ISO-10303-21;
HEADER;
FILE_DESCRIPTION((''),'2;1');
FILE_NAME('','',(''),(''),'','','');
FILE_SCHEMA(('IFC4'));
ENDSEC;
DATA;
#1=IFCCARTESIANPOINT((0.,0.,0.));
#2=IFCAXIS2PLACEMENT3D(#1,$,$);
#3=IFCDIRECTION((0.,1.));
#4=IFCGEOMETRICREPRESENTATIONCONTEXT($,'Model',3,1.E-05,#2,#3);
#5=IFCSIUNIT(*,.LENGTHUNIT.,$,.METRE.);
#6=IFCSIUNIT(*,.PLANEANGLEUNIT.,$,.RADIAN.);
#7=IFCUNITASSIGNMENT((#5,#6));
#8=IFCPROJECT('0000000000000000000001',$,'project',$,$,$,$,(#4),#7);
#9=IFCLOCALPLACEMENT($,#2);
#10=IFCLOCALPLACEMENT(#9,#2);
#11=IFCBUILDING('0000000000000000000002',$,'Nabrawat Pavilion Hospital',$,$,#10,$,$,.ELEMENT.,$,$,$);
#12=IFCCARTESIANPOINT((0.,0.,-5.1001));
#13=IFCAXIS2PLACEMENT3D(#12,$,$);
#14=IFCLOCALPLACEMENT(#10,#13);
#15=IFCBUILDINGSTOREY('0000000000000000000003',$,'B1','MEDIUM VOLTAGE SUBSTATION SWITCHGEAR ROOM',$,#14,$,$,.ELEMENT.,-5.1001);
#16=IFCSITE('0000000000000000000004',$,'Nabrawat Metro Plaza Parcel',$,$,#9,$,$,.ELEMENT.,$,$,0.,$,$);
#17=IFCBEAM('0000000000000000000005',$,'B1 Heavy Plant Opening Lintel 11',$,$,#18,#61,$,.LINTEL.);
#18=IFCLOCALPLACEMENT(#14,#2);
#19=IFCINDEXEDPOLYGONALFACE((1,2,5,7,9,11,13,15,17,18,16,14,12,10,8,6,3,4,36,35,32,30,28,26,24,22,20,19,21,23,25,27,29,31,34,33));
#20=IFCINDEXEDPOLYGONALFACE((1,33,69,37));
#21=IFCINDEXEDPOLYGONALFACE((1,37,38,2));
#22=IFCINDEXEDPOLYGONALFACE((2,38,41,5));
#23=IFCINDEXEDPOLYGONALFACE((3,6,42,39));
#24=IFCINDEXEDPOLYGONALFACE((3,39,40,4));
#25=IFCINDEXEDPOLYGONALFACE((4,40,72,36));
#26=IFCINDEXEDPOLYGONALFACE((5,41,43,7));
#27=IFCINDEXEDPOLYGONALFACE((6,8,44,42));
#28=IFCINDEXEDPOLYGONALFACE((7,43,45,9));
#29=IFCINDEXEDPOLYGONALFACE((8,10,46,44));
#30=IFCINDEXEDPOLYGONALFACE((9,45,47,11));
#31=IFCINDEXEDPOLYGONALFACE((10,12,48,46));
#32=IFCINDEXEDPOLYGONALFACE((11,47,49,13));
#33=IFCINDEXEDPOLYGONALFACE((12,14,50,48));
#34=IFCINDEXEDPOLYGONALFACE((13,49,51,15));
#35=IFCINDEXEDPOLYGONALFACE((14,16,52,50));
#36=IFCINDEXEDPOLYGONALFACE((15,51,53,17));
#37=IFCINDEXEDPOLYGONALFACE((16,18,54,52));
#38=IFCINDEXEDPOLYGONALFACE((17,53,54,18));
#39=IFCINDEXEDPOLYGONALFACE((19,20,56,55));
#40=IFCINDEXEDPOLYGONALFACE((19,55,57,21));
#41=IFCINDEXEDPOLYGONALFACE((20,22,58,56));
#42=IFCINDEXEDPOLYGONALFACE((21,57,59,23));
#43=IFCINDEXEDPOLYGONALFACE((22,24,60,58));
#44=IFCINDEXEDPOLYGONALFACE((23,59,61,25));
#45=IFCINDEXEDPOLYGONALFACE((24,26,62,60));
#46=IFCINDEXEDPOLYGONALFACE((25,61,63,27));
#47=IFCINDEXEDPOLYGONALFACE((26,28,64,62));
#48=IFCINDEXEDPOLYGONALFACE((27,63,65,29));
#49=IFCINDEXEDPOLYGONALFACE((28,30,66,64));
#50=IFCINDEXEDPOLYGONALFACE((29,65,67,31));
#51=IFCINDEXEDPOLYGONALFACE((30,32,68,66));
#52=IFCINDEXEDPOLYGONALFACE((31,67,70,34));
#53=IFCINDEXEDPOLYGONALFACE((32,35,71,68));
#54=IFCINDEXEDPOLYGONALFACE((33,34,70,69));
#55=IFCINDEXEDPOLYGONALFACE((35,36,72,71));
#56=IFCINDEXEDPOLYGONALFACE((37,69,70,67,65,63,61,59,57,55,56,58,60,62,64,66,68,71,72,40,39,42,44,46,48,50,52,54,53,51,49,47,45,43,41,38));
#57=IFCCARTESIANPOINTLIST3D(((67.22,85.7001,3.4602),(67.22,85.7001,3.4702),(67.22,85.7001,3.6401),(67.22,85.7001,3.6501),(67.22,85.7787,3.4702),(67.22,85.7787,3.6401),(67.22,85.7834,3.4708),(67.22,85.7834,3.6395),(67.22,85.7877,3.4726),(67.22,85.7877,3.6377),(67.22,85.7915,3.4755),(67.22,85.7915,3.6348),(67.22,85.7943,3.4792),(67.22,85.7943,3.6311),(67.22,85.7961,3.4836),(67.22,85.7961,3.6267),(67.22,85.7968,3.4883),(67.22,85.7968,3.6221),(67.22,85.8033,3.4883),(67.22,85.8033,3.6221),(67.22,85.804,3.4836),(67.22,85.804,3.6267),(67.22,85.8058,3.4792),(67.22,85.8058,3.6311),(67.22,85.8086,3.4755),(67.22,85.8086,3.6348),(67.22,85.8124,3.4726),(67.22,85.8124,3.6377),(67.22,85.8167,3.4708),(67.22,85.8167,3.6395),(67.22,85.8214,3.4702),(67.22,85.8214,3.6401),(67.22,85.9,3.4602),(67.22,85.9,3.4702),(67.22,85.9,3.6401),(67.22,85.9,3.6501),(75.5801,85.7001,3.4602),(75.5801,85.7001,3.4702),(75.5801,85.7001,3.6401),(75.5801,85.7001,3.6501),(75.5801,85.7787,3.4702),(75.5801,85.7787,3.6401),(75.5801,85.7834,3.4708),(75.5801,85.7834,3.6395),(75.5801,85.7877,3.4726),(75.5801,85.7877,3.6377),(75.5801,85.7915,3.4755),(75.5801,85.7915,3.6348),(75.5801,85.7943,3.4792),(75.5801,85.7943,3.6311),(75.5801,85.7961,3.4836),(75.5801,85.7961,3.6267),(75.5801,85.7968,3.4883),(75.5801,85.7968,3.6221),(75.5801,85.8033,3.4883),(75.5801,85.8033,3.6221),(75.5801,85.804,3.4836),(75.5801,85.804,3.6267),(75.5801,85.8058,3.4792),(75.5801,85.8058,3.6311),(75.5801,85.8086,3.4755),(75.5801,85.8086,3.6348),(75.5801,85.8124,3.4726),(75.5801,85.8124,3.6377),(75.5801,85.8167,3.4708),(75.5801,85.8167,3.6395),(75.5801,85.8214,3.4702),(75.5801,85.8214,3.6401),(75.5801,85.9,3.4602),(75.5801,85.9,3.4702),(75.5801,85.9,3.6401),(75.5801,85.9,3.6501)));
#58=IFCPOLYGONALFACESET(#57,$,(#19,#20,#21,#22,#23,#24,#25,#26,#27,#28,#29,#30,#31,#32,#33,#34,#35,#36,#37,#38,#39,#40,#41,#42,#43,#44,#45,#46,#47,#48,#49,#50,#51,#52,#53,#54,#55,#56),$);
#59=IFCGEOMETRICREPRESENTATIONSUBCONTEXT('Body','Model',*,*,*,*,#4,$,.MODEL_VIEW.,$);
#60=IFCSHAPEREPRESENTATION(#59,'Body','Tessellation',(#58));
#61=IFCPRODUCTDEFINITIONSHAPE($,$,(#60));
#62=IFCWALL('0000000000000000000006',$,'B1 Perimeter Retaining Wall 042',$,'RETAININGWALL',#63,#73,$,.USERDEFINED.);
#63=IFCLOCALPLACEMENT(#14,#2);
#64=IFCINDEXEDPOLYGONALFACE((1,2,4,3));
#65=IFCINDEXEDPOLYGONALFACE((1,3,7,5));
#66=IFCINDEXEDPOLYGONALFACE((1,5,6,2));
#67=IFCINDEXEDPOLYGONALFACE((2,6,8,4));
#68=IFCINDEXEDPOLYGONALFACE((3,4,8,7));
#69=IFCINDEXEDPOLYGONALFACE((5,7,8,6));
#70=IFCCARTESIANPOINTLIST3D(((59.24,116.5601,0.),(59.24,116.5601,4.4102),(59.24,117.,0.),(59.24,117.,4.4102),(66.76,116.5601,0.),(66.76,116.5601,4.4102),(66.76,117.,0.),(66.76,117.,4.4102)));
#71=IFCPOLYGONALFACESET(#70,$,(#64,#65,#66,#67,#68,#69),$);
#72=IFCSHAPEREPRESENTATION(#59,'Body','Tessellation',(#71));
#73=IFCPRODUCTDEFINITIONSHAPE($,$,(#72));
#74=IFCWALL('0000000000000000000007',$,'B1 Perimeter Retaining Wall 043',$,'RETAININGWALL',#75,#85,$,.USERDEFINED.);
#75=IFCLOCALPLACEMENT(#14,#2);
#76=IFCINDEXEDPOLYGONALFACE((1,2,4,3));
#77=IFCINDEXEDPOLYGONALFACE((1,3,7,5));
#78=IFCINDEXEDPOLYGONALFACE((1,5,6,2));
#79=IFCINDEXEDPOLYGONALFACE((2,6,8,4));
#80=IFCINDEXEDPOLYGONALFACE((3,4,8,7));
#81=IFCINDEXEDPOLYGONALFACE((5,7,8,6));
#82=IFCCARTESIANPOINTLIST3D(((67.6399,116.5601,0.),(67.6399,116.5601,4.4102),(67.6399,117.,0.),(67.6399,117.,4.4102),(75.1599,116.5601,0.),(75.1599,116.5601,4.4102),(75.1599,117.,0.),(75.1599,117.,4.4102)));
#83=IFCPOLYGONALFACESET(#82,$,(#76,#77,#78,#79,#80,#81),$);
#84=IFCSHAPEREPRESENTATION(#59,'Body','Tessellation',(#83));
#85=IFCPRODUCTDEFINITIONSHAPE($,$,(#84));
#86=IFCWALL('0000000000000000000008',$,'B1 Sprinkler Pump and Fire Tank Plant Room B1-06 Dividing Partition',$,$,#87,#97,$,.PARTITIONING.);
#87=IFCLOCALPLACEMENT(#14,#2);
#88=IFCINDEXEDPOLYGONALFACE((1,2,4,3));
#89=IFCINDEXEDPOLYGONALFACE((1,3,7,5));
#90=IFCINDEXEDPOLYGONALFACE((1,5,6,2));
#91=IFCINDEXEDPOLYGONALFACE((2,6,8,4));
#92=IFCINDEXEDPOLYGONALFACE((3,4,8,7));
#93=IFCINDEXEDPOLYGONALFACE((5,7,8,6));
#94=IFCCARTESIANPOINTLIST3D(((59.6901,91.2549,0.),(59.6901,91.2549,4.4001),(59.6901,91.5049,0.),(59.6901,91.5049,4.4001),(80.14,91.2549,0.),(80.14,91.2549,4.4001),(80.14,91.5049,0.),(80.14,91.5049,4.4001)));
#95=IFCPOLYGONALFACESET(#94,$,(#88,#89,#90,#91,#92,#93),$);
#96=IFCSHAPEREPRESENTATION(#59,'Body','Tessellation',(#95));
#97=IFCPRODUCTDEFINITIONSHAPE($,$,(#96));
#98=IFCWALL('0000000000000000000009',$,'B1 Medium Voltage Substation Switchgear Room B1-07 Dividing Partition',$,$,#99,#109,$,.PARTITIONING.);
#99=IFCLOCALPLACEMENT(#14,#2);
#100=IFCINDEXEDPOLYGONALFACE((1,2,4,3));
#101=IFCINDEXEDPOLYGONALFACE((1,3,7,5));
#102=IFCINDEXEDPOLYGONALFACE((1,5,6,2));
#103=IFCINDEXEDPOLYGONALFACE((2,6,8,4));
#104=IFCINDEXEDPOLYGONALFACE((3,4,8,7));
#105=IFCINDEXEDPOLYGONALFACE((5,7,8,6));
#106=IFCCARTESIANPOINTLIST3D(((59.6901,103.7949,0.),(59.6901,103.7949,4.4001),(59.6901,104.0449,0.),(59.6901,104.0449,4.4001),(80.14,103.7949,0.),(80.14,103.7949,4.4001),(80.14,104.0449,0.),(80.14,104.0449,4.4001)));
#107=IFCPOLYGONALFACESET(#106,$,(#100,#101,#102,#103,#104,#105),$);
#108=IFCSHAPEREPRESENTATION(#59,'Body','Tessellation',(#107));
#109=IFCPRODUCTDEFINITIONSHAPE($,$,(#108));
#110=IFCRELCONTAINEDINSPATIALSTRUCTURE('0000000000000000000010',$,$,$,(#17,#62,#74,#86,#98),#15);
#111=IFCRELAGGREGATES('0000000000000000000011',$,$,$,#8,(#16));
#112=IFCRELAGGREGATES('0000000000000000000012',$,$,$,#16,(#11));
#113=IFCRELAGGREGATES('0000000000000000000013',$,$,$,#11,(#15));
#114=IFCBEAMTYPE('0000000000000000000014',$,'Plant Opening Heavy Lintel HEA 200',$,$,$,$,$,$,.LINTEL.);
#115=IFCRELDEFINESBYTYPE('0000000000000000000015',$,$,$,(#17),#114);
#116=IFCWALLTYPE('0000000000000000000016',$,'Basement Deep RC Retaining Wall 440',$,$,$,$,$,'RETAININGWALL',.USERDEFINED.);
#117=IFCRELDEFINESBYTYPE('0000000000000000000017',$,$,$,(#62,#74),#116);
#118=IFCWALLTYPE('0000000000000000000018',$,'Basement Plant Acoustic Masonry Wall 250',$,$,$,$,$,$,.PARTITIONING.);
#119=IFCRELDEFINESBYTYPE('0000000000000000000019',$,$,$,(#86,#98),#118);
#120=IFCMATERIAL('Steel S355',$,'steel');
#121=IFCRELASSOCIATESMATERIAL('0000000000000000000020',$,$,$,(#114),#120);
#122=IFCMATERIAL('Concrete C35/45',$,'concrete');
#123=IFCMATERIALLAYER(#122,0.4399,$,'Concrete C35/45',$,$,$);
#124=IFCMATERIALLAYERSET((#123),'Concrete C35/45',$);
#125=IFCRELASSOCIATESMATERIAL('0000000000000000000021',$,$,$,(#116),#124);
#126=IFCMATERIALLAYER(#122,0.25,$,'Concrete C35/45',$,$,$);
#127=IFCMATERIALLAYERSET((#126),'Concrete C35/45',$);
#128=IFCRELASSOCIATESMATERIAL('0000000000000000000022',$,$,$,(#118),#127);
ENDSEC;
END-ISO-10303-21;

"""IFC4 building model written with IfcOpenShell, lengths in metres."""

from ifc_helpers import new_model, si_unit, direction, frame, frame_2d, origin, origin_2d, place, context, subcontext, project, spatial, rectangle, i_section, extrude, material, layer, layer_set, material_profile, profile_set, type_object, element, save


model = new_model("IFC4")

# Units and contexts
model_context = context("Model", 3, precision=1e-05, world=origin(), true_north=direction((0.0, 1.0)))
body_context = subcontext(model_context, "Body", "Model", "MODEL_VIEW")
ifc_project = project(units=[si_unit("LENGTHUNIT", "METRE"), si_unit("PLANEANGLEUNIT", "RADIAN")], contexts=[model_context])

# Site, building, storey
site_placement = place(None, origin())
site = spatial("IfcSite", under=ifc_project, at=site_placement, Name="Nabrawat Metro Plaza Parcel", CompositionType="ELEMENT", RefElevation=0.0)
building_placement = place(site_placement, origin())
building = spatial("IfcBuilding", under=site, at=building_placement, Name="Nabrawat Pavilion Hospital", CompositionType="ELEMENT")
storey_placement = place(building_placement, frame((0.0, 0.0, -5.1001)))
storey = spatial("IfcBuildingStorey", under=building, at=storey_placement, Name="B1", Description="MEDIUM VOLTAGE SUBSTATION SWITCHGEAR ROOM", CompositionType="ELEMENT", Elevation=-5.1001)

# Shared definitions
ifc_material_1 = material(Name="Concrete C35/45", Category="concrete")

# Beam
ifc_material_2 = material(Name="Steel S355", Category="steel")
ifc_material_profile_1 = material_profile(ifc_material_2, i_section(OverallWidth=0.2, OverallDepth=0.1899, WebThickness=0.0066, FlangeThickness=0.01, FilletRadius=0.0181, at=origin_2d()), Name="HEA 200")
ifc_profile_set_1 = profile_set([ifc_material_profile_1], Name="Steel S355")
beam_type = type_object("IfcBeamType", Name="Plant Opening Heavy Lintel HEA 200", PredefinedType="LINTEL", material=ifc_profile_set_1)
beam_placement = place(storey_placement, frame((67.22, 85.8, 3.5552), z_axis=(1.0, 0.0, 0.0), x_axis=(0.0, 1.0, 0.0)))
element("IfcBeam", 1, at=beam_placement, inside=storey, type_object=beam_type, Name="B1 Heavy Plant Opening Lintel 11", PredefinedType="LINTEL", context=body_context, shape_type="SweptSolid", body=[
    extrude(i_section(OverallWidth=0.2, OverallDepth=0.1899, WebThickness=0.0066, FlangeThickness=0.01, FilletRadius=0.0181, at=origin_2d()), origin(), (0.0, 0.0, 1.0), 8.3601),
])

# Walls
ifc_layer_1 = layer(ifc_material_1, 0.4399, Name="Concrete C35/45")
ifc_layer_set_1 = layer_set([ifc_layer_1], Name="Concrete C35/45")
wall_type_1 = type_object("IfcWallType", Name="Basement Deep RC Retaining Wall 440", ElementType="RETAININGWALL", PredefinedType="USERDEFINED", material=ifc_layer_set_1)
for number, where, z_axis, x_axis, name in (
    (2, (59.24, 116.78, 0.0), (0.0, 0.0, 1.0), (1.0, 0.0, 0.0), "B1 Perimeter Retaining Wall 042"),
    (3, (67.6399, 116.78, 0.0), (0.0, 0.0, 1.0), (1.0, 0.0, 0.0), "B1 Perimeter Retaining Wall 043"),
):
    element("IfcWall", number, at=place(storey_placement, frame(where, z_axis=z_axis, x_axis=x_axis)), inside=storey, type_object=wall_type_1, Name=name, ObjectType="RETAININGWALL", PredefinedType="USERDEFINED", context=body_context, shape_type="SweptSolid", body=[
        extrude(rectangle(XDim=7.52, YDim=0.4399, at=frame_2d((3.76, 0.0))), origin(), (0.0, 0.0, 1.0), 4.4102),
    ])
ifc_layer_2 = layer(ifc_material_1, 0.25, Name="Concrete C35/45")
ifc_layer_set_2 = layer_set([ifc_layer_2], Name="Concrete C35/45")
wall_type_2 = type_object("IfcWallType", Name="Basement Plant Acoustic Masonry Wall 250", PredefinedType="PARTITIONING", material=ifc_layer_set_2)
for number, where, z_axis, x_axis, name in (
    (4, (59.6899, 91.3799, 0.0), (0.0, 0.0, 1.0), (1.0, 0.0, 0.0), "B1 Sprinkler Pump and Fire Tank Plant Room B1-06 Dividing Partition"),
    (5, (59.6899, 103.9199, 0.0), (0.0, 0.0, 1.0), (1.0, 0.0, 0.0), "B1 Medium Voltage Substation Switchgear Room B1-07 Dividing Partition"),
):
    element("IfcWall", number, at=place(storey_placement, frame(where, z_axis=z_axis, x_axis=x_axis)), inside=storey, type_object=wall_type_2, Name=name, PredefinedType="PARTITIONING", context=body_context, shape_type="SweptSolid", body=[
        extrude(rectangle(XDim=20.45, YDim=0.25, at=frame_2d((10.2251, 0.0))), origin(), (0.0, 0.0, 1.0), 4.4001),
    ])

save(model, "model.ifc")
